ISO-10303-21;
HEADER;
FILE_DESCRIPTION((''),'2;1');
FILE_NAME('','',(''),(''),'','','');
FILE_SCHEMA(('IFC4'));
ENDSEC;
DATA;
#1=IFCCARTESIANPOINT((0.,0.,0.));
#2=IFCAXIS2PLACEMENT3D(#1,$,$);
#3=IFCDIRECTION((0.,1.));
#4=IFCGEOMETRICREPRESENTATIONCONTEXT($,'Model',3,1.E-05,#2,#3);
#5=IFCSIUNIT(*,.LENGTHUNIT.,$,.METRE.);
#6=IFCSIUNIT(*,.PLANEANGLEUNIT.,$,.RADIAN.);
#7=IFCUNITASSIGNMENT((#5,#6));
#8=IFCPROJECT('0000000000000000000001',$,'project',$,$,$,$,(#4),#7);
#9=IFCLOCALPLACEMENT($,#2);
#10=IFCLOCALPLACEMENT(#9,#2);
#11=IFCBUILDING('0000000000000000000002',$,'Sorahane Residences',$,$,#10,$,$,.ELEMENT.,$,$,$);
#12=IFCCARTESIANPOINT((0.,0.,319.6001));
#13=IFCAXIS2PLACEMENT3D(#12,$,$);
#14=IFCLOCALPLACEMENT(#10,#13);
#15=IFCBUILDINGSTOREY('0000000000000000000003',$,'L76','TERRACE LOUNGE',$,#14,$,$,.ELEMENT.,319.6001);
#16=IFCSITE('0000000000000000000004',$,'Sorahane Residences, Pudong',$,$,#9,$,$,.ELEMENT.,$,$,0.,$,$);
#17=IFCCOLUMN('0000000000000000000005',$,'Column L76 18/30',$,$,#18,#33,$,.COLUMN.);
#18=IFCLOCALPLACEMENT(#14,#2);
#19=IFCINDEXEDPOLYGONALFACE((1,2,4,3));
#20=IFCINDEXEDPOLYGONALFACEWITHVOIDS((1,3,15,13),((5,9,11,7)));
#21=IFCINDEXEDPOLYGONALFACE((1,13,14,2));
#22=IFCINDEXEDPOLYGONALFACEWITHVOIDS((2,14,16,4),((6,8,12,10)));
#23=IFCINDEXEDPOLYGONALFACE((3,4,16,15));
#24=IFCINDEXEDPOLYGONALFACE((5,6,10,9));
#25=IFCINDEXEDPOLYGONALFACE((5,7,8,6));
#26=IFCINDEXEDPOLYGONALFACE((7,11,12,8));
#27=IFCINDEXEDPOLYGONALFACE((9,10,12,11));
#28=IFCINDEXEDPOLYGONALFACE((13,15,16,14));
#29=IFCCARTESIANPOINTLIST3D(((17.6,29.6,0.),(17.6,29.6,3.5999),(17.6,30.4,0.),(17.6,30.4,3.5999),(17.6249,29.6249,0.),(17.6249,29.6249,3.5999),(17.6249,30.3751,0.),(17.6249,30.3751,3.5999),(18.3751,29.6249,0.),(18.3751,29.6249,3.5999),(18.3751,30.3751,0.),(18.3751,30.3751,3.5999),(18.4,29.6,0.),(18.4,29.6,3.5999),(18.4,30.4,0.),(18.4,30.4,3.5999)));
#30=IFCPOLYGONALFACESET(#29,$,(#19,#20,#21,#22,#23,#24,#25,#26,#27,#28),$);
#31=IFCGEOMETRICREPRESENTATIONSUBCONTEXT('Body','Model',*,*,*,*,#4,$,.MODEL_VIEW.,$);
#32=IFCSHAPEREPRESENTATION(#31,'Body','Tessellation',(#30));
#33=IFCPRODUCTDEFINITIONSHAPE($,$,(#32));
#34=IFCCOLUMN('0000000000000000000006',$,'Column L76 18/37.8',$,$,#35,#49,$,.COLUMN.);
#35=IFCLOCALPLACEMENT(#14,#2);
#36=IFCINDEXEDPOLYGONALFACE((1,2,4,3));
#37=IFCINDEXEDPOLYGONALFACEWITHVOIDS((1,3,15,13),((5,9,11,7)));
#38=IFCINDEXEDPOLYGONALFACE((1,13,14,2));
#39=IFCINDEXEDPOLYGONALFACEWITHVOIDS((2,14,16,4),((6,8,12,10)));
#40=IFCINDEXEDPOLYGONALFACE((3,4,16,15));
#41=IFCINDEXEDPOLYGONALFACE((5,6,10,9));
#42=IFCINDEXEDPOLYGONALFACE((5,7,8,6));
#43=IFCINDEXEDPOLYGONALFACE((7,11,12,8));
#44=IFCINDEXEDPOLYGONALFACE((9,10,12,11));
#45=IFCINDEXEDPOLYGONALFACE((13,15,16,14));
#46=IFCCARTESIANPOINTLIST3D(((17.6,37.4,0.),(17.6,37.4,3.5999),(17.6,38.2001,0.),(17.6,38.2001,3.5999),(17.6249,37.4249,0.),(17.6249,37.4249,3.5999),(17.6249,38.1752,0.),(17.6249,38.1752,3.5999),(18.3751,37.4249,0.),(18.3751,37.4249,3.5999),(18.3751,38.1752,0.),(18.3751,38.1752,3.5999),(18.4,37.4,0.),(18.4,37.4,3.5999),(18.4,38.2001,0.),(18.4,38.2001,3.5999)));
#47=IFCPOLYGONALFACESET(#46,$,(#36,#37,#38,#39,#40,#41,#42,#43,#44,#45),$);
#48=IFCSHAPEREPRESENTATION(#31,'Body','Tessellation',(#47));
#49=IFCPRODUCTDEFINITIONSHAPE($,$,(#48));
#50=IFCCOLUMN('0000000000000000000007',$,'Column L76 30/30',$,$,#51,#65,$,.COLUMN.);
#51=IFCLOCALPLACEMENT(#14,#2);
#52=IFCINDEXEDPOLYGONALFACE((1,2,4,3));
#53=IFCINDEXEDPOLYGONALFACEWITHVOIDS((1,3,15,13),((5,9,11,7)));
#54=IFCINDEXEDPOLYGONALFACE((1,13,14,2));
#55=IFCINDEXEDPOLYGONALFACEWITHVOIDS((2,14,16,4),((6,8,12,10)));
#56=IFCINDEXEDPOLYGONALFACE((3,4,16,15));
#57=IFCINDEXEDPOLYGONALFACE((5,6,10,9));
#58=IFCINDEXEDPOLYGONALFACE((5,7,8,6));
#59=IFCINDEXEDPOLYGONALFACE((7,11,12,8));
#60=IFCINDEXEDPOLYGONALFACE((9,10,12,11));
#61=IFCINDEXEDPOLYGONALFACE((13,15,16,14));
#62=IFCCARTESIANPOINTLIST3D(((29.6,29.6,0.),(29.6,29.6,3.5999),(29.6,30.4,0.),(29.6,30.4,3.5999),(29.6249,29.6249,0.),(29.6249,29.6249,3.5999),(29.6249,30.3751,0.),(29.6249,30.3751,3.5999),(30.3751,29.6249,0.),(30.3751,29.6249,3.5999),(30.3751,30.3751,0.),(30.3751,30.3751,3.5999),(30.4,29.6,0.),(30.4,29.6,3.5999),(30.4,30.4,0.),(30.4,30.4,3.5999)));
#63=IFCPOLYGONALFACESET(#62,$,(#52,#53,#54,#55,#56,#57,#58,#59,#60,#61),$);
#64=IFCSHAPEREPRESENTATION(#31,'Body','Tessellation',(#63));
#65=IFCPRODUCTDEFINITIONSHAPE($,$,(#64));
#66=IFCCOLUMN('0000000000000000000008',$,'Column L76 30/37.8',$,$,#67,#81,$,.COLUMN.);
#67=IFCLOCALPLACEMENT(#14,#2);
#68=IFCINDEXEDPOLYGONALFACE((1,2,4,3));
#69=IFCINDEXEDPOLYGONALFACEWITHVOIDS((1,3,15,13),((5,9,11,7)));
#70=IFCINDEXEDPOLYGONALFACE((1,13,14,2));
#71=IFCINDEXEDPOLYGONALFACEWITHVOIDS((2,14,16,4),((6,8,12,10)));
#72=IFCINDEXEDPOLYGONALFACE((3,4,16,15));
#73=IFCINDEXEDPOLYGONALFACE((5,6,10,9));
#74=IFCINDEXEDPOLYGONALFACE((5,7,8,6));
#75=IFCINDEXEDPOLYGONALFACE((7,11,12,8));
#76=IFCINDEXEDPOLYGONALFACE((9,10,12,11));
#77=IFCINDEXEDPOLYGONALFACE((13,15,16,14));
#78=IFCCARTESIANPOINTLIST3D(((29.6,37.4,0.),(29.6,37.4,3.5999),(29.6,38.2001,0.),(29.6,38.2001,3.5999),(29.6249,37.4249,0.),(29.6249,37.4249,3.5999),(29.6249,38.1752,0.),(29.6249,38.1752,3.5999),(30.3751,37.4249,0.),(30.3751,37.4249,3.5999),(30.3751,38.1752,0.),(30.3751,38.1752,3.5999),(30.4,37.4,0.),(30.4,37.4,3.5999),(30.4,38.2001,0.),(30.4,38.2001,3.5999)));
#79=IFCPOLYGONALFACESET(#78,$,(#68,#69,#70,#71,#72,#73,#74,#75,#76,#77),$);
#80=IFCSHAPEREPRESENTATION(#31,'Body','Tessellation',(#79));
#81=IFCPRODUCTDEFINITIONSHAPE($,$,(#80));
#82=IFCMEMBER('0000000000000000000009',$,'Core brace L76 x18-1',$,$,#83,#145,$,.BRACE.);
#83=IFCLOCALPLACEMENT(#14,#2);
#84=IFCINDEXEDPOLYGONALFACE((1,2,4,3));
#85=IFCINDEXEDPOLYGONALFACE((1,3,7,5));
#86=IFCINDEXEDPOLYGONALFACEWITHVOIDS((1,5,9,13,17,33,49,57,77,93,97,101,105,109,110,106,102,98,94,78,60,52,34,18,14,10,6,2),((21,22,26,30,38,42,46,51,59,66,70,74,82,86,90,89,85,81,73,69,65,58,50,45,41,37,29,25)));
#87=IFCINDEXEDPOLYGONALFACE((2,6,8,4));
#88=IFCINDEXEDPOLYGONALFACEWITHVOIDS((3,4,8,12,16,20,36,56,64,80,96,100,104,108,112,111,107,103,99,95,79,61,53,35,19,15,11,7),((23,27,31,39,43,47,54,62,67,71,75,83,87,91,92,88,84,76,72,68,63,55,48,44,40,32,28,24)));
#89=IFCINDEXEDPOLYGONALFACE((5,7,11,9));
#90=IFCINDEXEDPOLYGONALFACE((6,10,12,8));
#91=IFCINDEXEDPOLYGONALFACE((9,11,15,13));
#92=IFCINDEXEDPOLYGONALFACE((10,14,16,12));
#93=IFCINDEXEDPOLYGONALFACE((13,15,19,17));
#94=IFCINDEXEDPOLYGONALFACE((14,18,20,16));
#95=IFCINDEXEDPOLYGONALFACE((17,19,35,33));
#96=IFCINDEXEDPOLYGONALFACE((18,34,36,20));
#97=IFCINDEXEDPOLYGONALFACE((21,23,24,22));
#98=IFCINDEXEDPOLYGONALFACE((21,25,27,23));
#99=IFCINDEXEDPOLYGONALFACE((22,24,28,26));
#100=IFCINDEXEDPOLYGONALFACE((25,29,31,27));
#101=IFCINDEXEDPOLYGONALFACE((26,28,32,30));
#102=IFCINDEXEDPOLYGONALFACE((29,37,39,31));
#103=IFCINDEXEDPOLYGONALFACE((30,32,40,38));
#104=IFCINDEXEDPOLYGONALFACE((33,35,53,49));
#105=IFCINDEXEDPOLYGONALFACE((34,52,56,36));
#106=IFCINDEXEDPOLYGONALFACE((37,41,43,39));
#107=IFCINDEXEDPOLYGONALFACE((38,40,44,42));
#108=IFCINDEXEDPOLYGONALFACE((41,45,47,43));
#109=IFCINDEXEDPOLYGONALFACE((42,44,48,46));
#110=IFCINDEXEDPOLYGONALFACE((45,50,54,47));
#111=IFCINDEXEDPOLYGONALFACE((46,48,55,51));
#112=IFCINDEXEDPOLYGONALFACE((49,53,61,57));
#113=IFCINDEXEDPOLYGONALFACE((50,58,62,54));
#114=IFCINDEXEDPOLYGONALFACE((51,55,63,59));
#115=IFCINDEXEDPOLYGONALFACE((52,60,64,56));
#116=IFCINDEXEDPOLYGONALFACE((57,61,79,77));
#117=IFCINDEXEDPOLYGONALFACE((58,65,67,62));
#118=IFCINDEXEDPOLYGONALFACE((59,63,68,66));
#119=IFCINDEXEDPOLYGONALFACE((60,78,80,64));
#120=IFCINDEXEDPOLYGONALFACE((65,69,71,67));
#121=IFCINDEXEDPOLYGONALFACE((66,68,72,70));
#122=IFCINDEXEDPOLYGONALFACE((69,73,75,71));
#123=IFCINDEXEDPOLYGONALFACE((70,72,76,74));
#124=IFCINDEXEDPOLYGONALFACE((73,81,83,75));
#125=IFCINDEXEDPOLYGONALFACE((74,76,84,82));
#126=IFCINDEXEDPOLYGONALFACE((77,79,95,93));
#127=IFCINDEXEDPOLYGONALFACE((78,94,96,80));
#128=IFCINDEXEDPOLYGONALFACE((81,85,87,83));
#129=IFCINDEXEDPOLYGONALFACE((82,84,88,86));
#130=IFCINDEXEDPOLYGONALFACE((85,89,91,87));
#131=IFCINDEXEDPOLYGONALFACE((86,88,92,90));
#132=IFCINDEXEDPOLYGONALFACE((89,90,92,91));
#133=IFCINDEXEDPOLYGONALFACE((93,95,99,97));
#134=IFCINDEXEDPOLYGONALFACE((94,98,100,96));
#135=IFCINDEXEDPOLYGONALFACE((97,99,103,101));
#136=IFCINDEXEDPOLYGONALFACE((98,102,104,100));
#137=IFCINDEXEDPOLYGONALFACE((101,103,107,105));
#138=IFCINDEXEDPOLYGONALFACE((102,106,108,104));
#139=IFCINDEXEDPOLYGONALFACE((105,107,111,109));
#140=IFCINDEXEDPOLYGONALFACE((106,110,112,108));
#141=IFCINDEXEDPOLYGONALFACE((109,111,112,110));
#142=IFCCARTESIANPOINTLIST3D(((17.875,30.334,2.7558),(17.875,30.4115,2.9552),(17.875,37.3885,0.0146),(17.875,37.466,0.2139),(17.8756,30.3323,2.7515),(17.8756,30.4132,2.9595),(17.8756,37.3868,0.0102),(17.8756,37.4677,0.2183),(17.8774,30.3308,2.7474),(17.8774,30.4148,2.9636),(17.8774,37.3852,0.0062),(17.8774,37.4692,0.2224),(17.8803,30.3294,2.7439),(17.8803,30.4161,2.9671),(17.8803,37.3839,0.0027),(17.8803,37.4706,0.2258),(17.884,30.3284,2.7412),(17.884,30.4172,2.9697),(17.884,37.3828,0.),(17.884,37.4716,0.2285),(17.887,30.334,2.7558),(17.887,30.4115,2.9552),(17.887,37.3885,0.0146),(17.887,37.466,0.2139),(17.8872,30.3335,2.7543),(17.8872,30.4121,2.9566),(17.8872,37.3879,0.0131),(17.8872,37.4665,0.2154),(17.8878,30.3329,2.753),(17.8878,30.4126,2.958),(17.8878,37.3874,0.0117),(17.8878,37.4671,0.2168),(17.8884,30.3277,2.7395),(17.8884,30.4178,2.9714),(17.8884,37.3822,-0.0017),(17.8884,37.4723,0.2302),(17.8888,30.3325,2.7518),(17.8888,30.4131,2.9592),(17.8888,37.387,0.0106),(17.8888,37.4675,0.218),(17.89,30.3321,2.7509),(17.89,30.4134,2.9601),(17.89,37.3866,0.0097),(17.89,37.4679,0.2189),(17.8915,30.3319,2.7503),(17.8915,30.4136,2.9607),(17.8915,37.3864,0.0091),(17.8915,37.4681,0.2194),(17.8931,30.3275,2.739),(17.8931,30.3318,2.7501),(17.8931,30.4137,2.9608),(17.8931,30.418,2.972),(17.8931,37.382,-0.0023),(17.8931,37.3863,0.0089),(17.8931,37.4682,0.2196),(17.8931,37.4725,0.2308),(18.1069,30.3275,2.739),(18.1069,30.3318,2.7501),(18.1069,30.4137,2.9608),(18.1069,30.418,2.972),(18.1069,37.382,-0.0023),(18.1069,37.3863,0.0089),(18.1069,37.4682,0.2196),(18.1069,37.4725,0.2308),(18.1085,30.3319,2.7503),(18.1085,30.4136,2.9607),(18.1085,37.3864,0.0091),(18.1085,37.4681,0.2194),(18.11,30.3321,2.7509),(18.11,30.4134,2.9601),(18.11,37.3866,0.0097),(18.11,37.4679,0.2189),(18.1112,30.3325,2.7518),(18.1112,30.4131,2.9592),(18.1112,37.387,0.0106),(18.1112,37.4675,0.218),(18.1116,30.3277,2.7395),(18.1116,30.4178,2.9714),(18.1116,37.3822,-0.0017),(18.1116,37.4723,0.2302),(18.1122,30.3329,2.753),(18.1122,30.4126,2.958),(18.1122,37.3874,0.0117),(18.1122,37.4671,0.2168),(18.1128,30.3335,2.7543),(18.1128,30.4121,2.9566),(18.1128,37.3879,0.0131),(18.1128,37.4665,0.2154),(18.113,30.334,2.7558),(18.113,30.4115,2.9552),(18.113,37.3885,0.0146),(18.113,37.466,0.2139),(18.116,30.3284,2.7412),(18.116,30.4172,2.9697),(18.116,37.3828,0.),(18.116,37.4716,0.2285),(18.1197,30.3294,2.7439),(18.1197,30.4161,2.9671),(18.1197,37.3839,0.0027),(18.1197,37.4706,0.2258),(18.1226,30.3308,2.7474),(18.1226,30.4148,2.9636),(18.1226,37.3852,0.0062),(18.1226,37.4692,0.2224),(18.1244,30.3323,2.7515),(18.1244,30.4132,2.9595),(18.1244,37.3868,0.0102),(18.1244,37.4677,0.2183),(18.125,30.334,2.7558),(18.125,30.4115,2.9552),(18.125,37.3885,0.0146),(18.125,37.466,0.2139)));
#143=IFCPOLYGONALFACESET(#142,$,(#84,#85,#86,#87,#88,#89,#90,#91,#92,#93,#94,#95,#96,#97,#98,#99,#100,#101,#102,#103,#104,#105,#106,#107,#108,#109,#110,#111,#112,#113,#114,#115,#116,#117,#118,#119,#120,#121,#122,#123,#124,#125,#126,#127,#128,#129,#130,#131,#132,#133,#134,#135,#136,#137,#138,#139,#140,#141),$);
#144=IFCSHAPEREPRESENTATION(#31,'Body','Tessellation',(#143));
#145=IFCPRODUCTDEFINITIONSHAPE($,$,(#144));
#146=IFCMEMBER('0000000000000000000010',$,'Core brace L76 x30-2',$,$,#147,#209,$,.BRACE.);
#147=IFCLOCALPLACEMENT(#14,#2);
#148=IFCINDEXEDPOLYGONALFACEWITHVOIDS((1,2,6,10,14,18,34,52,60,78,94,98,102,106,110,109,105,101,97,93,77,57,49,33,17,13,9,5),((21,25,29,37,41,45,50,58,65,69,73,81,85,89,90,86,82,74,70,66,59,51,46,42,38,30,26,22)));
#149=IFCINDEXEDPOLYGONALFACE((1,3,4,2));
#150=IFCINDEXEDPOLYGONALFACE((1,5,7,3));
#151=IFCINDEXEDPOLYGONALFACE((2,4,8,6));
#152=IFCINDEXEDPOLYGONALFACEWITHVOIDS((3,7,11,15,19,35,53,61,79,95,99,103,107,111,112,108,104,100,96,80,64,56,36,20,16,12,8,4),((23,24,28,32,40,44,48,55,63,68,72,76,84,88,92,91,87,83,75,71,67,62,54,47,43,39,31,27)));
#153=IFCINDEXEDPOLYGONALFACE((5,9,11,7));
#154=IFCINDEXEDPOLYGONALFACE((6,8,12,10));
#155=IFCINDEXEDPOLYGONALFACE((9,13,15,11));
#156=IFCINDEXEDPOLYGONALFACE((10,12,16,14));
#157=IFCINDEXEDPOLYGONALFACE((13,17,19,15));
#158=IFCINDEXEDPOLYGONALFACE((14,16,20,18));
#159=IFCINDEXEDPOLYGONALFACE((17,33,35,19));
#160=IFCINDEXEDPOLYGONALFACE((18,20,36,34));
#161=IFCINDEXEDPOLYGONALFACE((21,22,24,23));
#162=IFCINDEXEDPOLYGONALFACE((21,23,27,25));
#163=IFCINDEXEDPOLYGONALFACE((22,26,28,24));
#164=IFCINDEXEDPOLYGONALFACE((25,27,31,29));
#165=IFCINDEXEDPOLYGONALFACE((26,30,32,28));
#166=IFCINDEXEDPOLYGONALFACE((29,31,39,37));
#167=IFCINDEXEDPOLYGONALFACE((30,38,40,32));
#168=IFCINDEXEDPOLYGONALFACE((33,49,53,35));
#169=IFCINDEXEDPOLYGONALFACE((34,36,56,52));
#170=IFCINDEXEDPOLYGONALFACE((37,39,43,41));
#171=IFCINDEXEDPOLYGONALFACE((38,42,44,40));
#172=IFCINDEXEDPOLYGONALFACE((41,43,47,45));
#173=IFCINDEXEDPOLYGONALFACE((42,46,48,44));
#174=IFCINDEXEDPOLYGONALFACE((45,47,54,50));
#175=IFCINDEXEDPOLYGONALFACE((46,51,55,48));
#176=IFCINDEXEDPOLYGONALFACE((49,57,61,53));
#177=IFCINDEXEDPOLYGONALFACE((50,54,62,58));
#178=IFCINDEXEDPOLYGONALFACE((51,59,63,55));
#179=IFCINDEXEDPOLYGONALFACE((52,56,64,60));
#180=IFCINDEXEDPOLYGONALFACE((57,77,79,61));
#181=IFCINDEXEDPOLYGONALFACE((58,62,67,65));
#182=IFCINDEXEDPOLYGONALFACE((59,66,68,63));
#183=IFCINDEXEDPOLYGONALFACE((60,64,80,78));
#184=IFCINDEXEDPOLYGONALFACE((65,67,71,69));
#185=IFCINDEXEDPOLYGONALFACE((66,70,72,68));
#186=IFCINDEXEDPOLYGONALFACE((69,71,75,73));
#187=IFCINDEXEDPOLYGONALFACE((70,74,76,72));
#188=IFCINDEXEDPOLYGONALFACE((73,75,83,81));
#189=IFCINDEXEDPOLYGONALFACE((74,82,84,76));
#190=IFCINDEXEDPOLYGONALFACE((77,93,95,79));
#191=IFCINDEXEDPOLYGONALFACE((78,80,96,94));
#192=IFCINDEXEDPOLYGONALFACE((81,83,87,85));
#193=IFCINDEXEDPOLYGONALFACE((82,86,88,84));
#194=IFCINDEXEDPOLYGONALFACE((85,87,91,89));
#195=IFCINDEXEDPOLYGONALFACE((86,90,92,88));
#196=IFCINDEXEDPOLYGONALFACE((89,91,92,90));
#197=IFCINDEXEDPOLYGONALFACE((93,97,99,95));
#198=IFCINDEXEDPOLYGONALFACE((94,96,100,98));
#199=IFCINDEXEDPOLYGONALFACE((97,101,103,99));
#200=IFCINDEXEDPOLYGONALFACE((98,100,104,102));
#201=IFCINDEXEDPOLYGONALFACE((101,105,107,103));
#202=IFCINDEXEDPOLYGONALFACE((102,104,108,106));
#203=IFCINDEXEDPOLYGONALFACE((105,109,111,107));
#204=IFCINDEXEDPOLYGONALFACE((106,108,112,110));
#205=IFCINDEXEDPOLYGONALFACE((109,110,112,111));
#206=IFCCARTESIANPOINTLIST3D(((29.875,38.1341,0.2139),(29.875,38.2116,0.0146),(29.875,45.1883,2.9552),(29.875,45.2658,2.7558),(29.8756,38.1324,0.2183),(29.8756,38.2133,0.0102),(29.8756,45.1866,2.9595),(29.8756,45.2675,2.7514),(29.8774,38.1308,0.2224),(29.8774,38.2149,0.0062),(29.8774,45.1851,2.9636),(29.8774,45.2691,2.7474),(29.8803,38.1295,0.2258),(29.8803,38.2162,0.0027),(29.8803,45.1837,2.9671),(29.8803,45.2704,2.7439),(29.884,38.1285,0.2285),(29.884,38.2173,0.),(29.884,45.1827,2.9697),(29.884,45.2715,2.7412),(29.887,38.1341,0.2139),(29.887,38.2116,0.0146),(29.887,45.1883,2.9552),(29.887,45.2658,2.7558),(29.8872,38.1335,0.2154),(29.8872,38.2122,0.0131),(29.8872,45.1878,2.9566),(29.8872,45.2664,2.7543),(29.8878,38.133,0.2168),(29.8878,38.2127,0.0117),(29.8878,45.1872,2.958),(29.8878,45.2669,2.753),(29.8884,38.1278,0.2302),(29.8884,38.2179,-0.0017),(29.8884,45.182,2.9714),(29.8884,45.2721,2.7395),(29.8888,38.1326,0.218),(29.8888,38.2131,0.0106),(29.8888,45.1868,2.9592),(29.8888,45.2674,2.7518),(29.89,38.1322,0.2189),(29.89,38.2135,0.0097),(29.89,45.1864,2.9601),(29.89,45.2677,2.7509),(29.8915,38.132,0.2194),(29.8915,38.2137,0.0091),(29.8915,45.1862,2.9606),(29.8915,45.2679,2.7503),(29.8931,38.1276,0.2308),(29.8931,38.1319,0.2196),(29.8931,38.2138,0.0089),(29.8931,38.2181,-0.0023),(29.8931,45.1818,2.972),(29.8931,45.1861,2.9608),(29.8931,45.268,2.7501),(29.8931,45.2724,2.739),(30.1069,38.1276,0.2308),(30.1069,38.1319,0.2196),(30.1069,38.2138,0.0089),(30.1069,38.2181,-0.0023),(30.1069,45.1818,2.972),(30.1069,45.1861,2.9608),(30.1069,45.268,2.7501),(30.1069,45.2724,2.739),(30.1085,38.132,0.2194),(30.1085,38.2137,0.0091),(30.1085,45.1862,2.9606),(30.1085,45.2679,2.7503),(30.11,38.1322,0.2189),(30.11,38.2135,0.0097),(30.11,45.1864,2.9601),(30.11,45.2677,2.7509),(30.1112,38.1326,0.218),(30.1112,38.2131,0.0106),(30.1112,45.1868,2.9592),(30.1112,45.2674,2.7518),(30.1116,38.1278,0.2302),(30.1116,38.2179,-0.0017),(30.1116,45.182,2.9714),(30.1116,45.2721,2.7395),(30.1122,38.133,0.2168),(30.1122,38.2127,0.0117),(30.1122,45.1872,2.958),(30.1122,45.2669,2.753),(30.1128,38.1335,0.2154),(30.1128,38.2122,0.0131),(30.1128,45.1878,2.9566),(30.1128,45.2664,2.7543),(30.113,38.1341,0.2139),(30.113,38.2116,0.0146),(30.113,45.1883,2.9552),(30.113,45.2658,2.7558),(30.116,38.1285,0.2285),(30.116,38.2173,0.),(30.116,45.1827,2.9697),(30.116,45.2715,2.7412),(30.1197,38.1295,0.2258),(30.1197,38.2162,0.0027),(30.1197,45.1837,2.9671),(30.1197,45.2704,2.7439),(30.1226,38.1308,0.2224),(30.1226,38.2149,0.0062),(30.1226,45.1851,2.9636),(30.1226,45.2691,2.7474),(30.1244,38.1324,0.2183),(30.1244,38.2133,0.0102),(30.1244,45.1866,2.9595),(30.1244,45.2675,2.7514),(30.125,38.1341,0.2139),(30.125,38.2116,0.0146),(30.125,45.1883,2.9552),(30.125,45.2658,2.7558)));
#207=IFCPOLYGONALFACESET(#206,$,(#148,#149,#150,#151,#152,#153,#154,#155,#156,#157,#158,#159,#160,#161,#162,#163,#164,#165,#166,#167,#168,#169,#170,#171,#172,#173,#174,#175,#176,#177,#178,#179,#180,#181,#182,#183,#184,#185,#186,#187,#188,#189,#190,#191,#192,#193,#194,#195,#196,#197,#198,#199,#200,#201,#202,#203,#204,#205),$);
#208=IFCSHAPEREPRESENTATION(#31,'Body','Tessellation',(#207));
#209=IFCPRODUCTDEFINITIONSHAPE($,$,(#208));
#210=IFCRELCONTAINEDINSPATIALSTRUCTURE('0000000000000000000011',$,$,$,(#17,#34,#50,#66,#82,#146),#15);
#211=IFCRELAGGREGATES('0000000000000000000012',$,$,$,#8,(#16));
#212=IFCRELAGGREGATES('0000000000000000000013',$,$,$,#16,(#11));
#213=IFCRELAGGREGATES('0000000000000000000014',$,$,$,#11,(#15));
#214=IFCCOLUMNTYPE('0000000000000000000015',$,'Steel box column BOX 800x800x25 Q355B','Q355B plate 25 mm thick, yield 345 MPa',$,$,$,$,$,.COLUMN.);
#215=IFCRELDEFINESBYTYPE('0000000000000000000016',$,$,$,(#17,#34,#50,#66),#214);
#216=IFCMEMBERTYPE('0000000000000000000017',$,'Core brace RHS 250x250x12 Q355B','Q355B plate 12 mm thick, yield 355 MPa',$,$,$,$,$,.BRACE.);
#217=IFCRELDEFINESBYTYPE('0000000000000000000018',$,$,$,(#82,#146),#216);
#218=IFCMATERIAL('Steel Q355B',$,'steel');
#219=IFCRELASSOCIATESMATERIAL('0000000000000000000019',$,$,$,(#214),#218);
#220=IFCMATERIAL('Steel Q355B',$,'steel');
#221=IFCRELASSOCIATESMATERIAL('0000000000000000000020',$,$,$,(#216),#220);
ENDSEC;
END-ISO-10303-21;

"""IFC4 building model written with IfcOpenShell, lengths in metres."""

from ifc_helpers import new_model, si_unit, direction, frame, origin, origin_2d, place, context, subcontext, project, spatial, hollow_rectangle, extrude, material, material_profile, profile_set, type_object, element, save


model = new_model("IFC4")

# Units and contexts
model_context = context("Model", 3, precision=1e-05, world=origin(), true_north=direction((0.0, 1.0)))
body_context = subcontext(model_context, "Body", "Model", "MODEL_VIEW")
ifc_project = project(units=[si_unit("LENGTHUNIT", "METRE"), si_unit("PLANEANGLEUNIT", "RADIAN")], contexts=[model_context])

# Site, building, storey
site_placement = place(None, origin())
site = spatial("IfcSite", under=ifc_project, at=site_placement, Name="Sorahane Residences, Pudong", CompositionType="ELEMENT", RefElevation=0.0)
building_placement = place(site_placement, origin())
building = spatial("IfcBuilding", under=site, at=building_placement, Name="Sorahane Residences", CompositionType="ELEMENT")
storey_placement = place(building_placement, frame((0.0, 0.0, 319.6001)))
storey = spatial("IfcBuildingStorey", under=building, at=storey_placement, Name="L76", Description="TERRACE LOUNGE", CompositionType="ELEMENT", Elevation=319.6001)

# Columns
ifc_material_1 = material(Name="Steel Q355B", Category="steel")
ifc_material_profile_1 = material_profile(ifc_material_1, hollow_rectangle(XDim=0.8, YDim=0.8, WallThickness=0.0249, at=origin_2d()), Name="BOX 800x800x25")
ifc_profile_set_1 = profile_set([ifc_material_profile_1], Name="Steel Q355B")
column_type = type_object("IfcColumnType", Name="Steel box column BOX 800x800x25 Q355B", Description="Q355B plate 25 mm thick, yield 345 MPa", PredefinedType="COLUMN", material=ifc_profile_set_1)
for number, where, z_axis, x_axis, name in (
    (1, (18.0, 30.0, 0.0), (0.0, 0.0, 1.0), (1.0, 0.0, 0.0), "Column L76 18/30"),
    (2, (18.0, 37.8, 0.0), (0.0, 0.0, 1.0), (1.0, 0.0, 0.0), "Column L76 18/37.8"),
    (3, (30.0, 30.0, 0.0), (0.0, 0.0, 1.0), (1.0, 0.0, 0.0), "Column L76 30/30"),
    (4, (30.0, 37.8, 0.0), (0.0, 0.0, 1.0), (1.0, 0.0, 0.0), "Column L76 30/37.8"),
):
    element("IfcColumn", number, at=place(storey_placement, frame(where, z_axis=z_axis, x_axis=x_axis)), inside=storey, type_object=column_type, Name=name, PredefinedType="COLUMN", context=body_context, shape_type="SweptSolid", body=[
        extrude(hollow_rectangle(XDim=0.8, YDim=0.8, WallThickness=0.0249, at=origin_2d()), origin(), (0.0, 0.0, 1.0), 3.5999),
    ])

# Members
ifc_material_2 = material(Name="Steel Q355B", Category="steel")
ifc_material_profile_2 = material_profile(ifc_material_2, hollow_rectangle(XDim=0.25, YDim=0.25, WallThickness=0.012, InnerFilletRadius=0.0061, OuterFilletRadius=0.0181, at=origin_2d()), Name="RHS 250x250x12")
ifc_profile_set_2 = profile_set([ifc_material_profile_2], Name="Steel Q355B")
member_type = type_object("IfcMemberType", Name="Core brace RHS 250x250x12 Q355B", Description="Q355B plate 12 mm thick, yield 355 MPa", PredefinedType="BRACE", material=ifc_profile_set_2)
member_1_placement = place(storey_placement, frame((18.0, 37.4272, 0.1143), z_axis=(0.0, -0.932102, 0.362196), x_axis=(1.0, 0.0, 0.0)))
element("IfcMember", 5, at=member_1_placement, inside=storey, type_object=member_type, Name="Core brace L76 x18-1", PredefinedType="BRACE", context=body_context, shape_type="SweptSolid", body=[
    extrude(hollow_rectangle(XDim=0.25, YDim=0.25, WallThickness=0.012, InnerFilletRadius=0.0061, OuterFilletRadius=0.0181, at=origin_2d()), origin(), (0.0, 0.0, 1.0), 7.5684),
])
member_2_placement = place(storey_placement, frame((30.0, 38.1729, 0.1143), z_axis=(0.0, 0.932098, 0.362207), x_axis=(-1.0, 0.0, 0.0)))
element("IfcMember", 6, at=member_2_placement, inside=storey, type_object=member_type, Name="Core brace L76 x30-2", PredefinedType="BRACE", context=body_context, shape_type="SweptSolid", body=[
    extrude(hollow_rectangle(XDim=0.25, YDim=0.25, WallThickness=0.012, InnerFilletRadius=0.0061, OuterFilletRadius=0.0181, at=origin_2d()), origin(), (0.0, 0.0, 1.0), 7.5681),
])

save(model, "model.ifc")
